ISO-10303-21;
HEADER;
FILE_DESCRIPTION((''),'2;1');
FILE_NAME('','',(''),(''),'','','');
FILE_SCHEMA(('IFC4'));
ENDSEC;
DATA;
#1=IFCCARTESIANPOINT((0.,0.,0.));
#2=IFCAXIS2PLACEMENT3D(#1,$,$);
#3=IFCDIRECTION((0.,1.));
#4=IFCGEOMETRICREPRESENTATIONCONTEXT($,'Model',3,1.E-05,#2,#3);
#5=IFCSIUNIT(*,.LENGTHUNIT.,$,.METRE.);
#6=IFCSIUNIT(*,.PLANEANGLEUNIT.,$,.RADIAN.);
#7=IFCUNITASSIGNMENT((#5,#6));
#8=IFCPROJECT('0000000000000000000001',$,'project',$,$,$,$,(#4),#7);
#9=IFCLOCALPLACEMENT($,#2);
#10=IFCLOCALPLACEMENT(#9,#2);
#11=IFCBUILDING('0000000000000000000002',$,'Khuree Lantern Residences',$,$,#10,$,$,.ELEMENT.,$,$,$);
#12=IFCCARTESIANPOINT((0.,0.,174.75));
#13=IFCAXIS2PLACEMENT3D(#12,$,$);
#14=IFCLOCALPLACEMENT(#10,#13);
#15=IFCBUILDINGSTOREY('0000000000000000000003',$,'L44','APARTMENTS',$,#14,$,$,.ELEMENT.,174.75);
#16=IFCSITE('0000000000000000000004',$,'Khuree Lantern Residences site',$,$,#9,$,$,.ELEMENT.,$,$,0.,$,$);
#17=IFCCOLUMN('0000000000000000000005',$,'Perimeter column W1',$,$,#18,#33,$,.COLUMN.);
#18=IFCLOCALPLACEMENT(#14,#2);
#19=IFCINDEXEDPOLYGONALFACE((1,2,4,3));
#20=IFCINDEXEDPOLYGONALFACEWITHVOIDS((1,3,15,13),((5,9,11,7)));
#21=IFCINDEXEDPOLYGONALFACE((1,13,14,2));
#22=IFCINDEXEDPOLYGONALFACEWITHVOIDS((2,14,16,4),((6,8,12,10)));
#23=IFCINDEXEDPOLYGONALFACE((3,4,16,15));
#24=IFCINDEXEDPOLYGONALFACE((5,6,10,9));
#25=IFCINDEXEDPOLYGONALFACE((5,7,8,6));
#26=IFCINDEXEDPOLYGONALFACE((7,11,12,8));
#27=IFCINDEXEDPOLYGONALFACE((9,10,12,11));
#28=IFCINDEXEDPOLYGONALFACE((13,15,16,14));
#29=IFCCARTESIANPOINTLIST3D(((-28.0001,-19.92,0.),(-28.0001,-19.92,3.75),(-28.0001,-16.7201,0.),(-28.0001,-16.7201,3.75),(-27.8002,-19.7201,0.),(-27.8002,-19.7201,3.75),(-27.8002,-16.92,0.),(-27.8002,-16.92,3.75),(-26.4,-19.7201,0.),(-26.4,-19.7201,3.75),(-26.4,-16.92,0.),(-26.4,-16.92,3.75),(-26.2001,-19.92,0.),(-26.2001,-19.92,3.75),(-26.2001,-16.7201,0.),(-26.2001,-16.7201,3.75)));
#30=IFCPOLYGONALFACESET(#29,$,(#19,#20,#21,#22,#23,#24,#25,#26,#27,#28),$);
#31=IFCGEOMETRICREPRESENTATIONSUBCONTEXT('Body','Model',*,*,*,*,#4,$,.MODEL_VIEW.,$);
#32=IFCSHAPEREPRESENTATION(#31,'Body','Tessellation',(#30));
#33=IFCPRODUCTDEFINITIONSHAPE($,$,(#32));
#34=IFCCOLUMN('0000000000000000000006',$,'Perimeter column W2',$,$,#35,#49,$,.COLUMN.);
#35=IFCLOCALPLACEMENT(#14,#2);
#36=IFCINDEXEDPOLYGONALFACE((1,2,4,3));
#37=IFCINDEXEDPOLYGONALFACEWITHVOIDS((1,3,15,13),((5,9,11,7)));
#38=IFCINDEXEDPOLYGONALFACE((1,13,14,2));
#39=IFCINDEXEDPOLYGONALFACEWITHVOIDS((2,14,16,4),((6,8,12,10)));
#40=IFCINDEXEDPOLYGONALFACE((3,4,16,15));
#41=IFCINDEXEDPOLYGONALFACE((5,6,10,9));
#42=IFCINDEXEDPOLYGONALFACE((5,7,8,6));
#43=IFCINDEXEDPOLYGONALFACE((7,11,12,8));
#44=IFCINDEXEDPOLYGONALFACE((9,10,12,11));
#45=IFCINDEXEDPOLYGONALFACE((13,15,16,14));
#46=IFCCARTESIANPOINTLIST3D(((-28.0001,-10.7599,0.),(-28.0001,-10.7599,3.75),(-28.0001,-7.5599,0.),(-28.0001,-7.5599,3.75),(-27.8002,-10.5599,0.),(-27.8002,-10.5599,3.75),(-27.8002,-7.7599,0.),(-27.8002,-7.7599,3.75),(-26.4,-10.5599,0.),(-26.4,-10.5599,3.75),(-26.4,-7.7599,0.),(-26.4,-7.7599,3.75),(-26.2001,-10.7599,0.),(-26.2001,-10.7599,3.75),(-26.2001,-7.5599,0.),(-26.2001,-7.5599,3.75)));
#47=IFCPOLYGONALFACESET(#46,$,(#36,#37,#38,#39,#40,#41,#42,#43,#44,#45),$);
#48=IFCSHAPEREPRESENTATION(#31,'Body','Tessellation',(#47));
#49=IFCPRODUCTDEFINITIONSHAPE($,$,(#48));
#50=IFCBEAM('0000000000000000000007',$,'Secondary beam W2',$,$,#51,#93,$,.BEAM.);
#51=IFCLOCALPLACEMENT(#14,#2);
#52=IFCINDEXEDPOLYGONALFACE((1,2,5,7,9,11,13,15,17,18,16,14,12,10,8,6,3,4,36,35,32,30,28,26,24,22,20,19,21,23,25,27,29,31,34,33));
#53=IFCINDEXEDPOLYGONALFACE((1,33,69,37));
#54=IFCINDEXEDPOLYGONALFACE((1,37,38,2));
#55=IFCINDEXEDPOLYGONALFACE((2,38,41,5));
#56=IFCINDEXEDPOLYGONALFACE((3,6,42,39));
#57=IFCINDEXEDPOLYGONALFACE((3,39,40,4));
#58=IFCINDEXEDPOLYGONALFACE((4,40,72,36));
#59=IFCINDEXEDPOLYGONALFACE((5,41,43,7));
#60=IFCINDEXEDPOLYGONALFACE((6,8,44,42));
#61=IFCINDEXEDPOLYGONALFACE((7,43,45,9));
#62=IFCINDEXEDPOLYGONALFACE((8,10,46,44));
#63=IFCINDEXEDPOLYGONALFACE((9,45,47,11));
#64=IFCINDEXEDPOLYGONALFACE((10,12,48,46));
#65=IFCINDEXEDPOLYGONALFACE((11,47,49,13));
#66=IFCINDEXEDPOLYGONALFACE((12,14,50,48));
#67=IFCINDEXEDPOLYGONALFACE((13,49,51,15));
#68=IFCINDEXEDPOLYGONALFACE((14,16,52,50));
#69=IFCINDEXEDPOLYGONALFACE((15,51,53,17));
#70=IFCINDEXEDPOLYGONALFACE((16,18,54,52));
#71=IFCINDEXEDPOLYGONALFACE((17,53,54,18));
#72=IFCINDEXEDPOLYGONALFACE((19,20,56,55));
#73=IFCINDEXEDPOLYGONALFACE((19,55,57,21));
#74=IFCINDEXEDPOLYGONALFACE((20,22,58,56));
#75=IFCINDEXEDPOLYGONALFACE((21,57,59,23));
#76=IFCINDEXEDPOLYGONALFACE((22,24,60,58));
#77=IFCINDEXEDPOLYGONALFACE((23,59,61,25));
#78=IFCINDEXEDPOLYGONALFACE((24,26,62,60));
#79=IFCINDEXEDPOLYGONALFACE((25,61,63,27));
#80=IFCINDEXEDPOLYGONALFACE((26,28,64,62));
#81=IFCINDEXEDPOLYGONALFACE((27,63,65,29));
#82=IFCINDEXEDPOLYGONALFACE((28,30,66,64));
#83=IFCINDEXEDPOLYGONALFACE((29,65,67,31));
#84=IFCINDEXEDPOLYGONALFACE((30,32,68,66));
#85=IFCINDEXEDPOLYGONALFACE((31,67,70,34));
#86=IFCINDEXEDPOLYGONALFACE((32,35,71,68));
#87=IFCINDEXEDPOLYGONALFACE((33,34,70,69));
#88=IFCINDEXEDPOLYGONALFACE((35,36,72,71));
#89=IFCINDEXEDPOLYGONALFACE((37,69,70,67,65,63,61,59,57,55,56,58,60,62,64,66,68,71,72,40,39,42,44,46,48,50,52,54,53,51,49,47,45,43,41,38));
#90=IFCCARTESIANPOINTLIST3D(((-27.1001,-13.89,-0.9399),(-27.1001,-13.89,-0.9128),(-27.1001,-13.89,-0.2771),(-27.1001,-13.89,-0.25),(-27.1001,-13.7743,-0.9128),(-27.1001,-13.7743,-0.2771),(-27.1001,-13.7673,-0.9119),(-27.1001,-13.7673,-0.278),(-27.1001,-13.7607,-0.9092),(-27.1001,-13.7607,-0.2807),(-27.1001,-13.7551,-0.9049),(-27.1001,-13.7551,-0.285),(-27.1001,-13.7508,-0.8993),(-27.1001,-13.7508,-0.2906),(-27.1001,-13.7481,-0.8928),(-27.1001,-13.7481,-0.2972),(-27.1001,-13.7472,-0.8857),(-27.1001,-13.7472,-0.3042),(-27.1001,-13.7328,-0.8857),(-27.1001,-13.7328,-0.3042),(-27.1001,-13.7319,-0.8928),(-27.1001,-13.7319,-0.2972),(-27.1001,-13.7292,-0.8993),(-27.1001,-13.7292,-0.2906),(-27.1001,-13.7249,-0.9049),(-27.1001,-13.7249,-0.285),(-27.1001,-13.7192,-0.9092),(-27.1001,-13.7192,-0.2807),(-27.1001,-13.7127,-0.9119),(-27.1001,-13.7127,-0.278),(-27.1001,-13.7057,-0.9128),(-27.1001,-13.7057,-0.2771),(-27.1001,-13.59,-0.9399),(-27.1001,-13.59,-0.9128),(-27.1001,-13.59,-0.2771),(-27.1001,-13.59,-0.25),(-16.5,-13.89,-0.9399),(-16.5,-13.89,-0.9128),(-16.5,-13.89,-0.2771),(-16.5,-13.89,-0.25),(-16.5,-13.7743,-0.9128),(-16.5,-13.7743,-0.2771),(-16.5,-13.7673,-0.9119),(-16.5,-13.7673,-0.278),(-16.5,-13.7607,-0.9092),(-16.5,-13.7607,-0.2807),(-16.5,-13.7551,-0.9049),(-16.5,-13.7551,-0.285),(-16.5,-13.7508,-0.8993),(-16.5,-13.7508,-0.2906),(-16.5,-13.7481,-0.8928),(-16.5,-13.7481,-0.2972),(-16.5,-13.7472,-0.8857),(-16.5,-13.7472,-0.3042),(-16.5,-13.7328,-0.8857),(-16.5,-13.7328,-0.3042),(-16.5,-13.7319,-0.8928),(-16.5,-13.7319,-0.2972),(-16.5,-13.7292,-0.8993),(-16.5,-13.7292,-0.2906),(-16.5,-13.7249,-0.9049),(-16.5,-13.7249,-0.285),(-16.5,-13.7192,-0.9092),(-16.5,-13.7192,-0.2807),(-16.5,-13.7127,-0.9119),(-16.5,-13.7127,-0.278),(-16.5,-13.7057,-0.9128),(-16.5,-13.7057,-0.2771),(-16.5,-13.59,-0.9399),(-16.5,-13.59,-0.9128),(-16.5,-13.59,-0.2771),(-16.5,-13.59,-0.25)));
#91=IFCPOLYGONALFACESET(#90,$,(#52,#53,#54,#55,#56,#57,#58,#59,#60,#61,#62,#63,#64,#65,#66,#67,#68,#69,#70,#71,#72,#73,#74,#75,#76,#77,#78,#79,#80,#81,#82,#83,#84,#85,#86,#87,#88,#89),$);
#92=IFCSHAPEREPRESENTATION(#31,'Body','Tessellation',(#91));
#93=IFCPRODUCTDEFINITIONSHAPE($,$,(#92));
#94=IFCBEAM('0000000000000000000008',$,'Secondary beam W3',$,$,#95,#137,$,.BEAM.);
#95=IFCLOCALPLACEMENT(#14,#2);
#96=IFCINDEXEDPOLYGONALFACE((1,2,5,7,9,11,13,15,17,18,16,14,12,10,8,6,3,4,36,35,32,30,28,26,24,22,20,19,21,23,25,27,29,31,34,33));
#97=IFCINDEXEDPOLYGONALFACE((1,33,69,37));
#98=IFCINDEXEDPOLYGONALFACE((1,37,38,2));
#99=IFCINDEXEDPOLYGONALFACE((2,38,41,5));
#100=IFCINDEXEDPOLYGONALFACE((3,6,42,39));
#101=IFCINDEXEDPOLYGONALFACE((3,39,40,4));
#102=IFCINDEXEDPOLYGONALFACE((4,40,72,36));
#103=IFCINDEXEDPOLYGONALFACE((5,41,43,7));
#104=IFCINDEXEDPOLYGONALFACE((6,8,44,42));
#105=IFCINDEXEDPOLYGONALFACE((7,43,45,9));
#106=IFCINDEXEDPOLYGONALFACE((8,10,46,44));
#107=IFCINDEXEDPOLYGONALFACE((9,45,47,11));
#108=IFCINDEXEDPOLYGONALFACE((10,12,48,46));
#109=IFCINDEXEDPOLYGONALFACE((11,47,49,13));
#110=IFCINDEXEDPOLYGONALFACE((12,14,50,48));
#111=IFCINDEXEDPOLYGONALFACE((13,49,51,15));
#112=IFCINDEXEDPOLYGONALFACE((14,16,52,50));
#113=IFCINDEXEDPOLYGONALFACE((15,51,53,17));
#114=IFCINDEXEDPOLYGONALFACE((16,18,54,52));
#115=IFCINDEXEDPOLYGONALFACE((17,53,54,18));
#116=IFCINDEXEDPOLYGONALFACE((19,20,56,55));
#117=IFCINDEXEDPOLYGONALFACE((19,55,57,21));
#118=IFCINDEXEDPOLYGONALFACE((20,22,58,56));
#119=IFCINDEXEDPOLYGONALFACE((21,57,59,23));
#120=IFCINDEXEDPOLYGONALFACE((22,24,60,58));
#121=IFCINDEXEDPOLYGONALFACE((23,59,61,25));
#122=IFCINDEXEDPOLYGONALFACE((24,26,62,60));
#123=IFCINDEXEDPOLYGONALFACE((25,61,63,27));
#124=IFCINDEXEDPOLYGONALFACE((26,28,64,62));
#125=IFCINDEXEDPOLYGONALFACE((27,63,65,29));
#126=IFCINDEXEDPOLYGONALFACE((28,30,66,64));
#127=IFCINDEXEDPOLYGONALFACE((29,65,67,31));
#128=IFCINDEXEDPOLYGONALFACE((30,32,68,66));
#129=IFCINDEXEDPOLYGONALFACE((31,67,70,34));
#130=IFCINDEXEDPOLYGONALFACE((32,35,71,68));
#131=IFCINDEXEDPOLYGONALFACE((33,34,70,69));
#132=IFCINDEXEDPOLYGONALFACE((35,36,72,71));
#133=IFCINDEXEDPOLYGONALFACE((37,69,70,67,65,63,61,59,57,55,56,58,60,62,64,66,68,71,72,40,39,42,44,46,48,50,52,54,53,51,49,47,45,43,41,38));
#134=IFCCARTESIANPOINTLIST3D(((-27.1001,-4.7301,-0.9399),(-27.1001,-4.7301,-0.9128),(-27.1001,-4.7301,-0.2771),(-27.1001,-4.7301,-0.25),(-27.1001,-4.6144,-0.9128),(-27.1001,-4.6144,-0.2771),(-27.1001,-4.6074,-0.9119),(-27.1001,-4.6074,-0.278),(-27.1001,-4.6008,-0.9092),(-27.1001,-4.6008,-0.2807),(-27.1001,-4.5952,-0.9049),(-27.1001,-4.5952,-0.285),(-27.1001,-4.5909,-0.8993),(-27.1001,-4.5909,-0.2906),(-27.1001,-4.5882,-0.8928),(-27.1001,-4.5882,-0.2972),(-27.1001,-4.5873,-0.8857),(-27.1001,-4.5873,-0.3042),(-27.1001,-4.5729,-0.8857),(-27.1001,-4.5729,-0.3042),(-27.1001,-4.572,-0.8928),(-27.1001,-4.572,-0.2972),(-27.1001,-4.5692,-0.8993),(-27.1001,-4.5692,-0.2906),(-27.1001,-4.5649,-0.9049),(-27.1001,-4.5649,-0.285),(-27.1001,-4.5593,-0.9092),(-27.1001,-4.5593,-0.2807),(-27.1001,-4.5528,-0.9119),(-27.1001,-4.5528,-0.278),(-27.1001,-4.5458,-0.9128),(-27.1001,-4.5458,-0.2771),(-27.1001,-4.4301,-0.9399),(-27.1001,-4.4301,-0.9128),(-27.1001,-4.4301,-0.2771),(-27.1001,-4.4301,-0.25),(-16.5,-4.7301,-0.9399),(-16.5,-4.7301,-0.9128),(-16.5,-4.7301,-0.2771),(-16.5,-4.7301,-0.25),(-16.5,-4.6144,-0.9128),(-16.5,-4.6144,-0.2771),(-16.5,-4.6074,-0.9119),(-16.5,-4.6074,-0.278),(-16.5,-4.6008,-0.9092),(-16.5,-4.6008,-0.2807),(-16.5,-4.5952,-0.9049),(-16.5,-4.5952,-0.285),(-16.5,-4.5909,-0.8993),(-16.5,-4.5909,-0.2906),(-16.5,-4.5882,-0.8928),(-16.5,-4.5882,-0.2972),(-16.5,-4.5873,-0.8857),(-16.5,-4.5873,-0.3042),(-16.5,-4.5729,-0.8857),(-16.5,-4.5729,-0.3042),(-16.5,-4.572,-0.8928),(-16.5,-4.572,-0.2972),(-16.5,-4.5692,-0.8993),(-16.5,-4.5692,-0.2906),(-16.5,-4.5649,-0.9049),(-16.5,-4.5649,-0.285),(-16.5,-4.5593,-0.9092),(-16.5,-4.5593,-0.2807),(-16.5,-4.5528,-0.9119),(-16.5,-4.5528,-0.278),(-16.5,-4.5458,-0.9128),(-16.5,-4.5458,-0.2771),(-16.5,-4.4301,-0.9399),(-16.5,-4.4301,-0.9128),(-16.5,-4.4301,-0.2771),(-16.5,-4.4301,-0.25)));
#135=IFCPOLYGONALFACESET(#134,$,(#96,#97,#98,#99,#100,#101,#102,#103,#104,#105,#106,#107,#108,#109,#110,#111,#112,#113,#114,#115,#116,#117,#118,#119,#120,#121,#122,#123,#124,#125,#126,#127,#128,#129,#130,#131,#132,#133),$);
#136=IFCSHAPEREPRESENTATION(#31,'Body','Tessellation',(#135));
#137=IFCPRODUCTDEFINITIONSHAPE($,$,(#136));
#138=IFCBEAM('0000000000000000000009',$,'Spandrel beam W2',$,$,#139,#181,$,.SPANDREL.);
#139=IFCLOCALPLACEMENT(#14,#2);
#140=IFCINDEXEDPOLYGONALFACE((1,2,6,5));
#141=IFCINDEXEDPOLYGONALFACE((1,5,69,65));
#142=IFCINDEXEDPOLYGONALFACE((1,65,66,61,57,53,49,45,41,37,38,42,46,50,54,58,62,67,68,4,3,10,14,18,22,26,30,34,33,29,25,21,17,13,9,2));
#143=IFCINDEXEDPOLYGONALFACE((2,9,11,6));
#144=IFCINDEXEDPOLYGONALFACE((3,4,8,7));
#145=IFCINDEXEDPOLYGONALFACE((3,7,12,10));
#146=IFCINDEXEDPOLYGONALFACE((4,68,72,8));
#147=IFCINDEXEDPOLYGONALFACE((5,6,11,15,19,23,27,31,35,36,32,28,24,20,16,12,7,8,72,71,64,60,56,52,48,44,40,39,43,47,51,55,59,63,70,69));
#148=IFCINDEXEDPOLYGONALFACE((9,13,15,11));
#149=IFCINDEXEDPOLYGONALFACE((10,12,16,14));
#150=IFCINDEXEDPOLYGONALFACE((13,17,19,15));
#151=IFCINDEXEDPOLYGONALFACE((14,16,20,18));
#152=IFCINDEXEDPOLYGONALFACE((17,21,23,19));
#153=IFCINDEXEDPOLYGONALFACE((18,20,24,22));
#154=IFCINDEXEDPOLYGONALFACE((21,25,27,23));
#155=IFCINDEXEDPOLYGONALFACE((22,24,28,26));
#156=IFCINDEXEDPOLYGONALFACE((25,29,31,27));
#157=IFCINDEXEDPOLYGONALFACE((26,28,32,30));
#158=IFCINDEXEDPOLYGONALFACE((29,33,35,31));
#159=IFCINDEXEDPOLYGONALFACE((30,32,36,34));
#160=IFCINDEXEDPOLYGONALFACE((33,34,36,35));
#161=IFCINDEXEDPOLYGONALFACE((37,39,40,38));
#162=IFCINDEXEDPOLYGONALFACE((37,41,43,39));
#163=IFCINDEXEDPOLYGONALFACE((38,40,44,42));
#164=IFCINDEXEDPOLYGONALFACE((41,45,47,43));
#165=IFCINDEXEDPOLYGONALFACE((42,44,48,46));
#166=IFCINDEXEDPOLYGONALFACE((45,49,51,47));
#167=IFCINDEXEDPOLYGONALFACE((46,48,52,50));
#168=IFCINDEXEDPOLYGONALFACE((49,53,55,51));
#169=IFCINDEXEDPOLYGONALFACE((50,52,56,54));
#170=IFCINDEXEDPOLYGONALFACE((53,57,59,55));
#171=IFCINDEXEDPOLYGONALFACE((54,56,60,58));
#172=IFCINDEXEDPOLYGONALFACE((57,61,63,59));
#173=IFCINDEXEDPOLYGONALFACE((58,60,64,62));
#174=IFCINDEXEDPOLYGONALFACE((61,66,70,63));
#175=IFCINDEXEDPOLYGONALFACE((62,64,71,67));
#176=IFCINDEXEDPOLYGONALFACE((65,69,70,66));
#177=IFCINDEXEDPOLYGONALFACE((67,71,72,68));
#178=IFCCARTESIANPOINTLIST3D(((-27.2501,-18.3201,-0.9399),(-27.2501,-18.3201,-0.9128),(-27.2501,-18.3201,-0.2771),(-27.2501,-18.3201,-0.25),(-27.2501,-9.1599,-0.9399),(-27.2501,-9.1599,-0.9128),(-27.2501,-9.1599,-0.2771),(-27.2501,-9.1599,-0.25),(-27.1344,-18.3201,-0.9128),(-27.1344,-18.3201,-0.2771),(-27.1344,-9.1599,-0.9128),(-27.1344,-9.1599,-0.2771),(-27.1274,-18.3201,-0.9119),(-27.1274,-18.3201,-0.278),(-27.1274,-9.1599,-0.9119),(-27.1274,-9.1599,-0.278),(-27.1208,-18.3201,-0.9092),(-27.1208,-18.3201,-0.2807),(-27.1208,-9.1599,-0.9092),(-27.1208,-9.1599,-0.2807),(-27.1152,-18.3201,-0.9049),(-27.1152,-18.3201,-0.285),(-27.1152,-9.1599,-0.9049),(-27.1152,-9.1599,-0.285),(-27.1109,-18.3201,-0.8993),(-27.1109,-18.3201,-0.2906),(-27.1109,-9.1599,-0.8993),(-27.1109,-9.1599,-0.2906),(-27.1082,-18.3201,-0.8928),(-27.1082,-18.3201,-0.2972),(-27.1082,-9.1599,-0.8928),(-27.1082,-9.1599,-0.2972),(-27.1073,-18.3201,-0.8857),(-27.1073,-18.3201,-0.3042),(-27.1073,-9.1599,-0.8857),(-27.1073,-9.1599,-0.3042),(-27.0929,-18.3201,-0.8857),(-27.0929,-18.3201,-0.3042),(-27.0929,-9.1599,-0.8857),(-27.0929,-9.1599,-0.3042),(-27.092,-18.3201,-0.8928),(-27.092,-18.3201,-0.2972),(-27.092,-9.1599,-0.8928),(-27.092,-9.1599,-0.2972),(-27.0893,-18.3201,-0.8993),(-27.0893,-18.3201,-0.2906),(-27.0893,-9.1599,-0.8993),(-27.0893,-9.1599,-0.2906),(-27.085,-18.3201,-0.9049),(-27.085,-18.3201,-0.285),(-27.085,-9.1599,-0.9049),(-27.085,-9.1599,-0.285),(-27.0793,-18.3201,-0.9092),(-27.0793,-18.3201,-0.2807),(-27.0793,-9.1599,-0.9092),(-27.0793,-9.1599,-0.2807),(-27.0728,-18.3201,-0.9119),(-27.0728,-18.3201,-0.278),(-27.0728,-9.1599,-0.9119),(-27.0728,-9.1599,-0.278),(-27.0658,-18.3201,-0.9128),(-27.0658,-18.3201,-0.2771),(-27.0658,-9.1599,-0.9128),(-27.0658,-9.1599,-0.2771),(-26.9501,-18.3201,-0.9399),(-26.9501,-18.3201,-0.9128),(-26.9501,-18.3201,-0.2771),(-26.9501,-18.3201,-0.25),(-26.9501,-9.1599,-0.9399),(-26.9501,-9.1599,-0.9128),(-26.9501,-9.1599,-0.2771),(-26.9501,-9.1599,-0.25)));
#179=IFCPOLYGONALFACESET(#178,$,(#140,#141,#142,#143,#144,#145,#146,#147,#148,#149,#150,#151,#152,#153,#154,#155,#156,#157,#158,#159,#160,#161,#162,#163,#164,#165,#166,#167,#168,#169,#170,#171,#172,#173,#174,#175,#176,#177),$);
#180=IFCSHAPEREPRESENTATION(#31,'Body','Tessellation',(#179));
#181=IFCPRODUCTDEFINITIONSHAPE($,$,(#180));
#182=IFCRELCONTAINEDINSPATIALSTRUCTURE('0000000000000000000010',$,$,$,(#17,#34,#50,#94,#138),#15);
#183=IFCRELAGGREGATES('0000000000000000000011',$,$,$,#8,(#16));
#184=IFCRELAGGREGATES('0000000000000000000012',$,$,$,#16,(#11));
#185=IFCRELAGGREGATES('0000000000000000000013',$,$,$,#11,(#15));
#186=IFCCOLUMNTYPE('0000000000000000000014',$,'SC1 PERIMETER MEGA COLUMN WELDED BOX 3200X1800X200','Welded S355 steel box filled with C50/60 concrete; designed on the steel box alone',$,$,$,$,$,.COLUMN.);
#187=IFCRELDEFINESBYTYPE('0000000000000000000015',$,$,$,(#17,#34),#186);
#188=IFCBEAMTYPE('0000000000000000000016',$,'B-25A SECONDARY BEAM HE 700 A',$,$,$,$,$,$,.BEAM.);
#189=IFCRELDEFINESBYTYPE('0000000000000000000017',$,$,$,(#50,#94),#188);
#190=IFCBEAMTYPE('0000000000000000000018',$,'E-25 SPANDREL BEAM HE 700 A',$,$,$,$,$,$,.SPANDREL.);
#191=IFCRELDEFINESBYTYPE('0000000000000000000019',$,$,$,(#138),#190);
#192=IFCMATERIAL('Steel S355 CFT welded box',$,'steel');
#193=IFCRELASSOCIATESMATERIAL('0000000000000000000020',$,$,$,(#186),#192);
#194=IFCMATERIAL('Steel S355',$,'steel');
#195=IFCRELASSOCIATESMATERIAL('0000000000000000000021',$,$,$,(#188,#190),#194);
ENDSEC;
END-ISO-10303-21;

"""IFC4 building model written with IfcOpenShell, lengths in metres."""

from ifc_helpers import new_model, si_unit, direction, frame, origin, origin_2d, place, context, subcontext, project, spatial, hollow_rectangle, i_section, extrude, material, material_profile, profile_set, type_object, element, save


model = new_model("IFC4")

# Units and contexts
model_context = context("Model", 3, precision=1e-05, world=origin(), true_north=direction((0.0, 1.0)))
body_context = subcontext(model_context, "Body", "Model", "MODEL_VIEW")
ifc_project = project(units=[si_unit("LENGTHUNIT", "METRE"), si_unit("PLANEANGLEUNIT", "RADIAN")], contexts=[model_context])

# Site, building, storey
site_placement = place(None, origin())
site = spatial("IfcSite", under=ifc_project, at=site_placement, Name="Khuree Lantern Residences site", CompositionType="ELEMENT", RefElevation=0.0)
building_placement = place(site_placement, origin())
building = spatial("IfcBuilding", under=site, at=building_placement, Name="Khuree Lantern Residences", CompositionType="ELEMENT")
storey_placement = place(building_placement, frame((0.0, 0.0, 174.75)))
storey = spatial("IfcBuildingStorey", under=building, at=storey_placement, Name="L44", Description="APARTMENTS", CompositionType="ELEMENT", Elevation=174.75)

# Columns
ifc_material_1 = material(Name="Steel S355 CFT welded box", Category="steel")
ifc_material_profile_1 = material_profile(ifc_material_1, hollow_rectangle(XDim=3.2, YDim=1.8, WallThickness=0.2, at=origin_2d()), Name="WELDED BOX 3200X1800X200")
ifc_profile_set_1 = profile_set([ifc_material_profile_1], Name="Steel S355 CFT welded box")
column_type = type_object("IfcColumnType", Name="SC1 PERIMETER MEGA COLUMN WELDED BOX 3200X1800X200", Description="Welded S355 steel box filled with C50/60 concrete; designed on the steel box alone", PredefinedType="COLUMN", material=ifc_profile_set_1)
for number, where, z_axis, x_axis, name in (
    (1, (-27.1001, -18.3201, 0.0), (0.0, 0.0, 1.0), (0.0, 1.0, 0.0), "Perimeter column W1"),
    (2, (-27.1001, -9.1599, 0.0), (0.0, 0.0, 1.0), (0.0, 1.0, 0.0), "Perimeter column W2"),
):
    element("IfcColumn", number, at=place(storey_placement, frame(where, z_axis=z_axis, x_axis=x_axis)), inside=storey, type_object=column_type, Name=name, PredefinedType="COLUMN", context=body_context, shape_type="SweptSolid", body=[
        extrude(hollow_rectangle(XDim=3.2, YDim=1.8, WallThickness=0.2, at=origin_2d()), origin(), (0.0, 0.0, 1.0), 3.75),
    ])

# Beams
ifc_material_2 = material(Name="Steel S355", Category="steel")
ifc_material_profile_2 = material_profile(ifc_material_2, i_section(OverallWidth=0.3, OverallDepth=0.6899, WebThickness=0.0144, FlangeThickness=0.0271, FilletRadius=0.0271, at=origin_2d()), Name="HE 700 A")
ifc_profile_set_2 = profile_set([ifc_material_profile_2], Name="Steel S355")
beam_type_1 = type_object("IfcBeamType", Name="B-25A SECONDARY BEAM HE 700 A", PredefinedType="BEAM", material=ifc_profile_set_2)
for number, where, z_axis, x_axis, name in (
    (3, (-27.1001, -13.74, -0.595), (1.0, 0.0, 0.0), (0.0, 1.0, 0.0), "Secondary beam W2"),
    (4, (-27.1001, -4.5801, -0.595), (1.0, 0.0, 0.0), (0.0, 1.0, 0.0), "Secondary beam W3"),
):
    element("IfcBeam", number, at=place(storey_placement, frame(where, z_axis=z_axis, x_axis=x_axis)), inside=storey, type_object=beam_type_1, Name=name, PredefinedType="BEAM", context=body_context, shape_type="SweptSolid", body=[
        extrude(i_section(OverallWidth=0.3, OverallDepth=0.6899, WebThickness=0.0144, FlangeThickness=0.0271, FilletRadius=0.0271, at=origin_2d()), origin(), (0.0, 0.0, 1.0), 10.6001),
    ])
ifc_material_profile_3 = material_profile(ifc_material_2, i_section(OverallWidth=0.3, OverallDepth=0.6899, WebThickness=0.0144, FlangeThickness=0.0271, FilletRadius=0.0271, at=origin_2d()), Name="HE 700 A")
ifc_profile_set_3 = profile_set([ifc_material_profile_3], Name="Steel S355")
beam_type_2 = type_object("IfcBeamType", Name="E-25 SPANDREL BEAM HE 700 A", PredefinedType="SPANDREL", material=ifc_profile_set_3)
beam_1_placement = place(storey_placement, frame((-27.1001, -18.3201, -0.595), z_axis=(0.0, 1.0, 0.0), x_axis=(-1.0, 0.0, 0.0)))
element("IfcBeam", 5, at=beam_1_placement, inside=storey, type_object=beam_type_2, Name="Spandrel beam W2", PredefinedType="SPANDREL", context=body_context, shape_type="SweptSolid", body=[
    extrude(i_section(OverallWidth=0.3, OverallDepth=0.6899, WebThickness=0.0144, FlangeThickness=0.0271, FilletRadius=0.0271, at=origin_2d()), origin(), (0.0, 0.0, 1.0), 9.1602),
])

save(model, "model.ifc")
